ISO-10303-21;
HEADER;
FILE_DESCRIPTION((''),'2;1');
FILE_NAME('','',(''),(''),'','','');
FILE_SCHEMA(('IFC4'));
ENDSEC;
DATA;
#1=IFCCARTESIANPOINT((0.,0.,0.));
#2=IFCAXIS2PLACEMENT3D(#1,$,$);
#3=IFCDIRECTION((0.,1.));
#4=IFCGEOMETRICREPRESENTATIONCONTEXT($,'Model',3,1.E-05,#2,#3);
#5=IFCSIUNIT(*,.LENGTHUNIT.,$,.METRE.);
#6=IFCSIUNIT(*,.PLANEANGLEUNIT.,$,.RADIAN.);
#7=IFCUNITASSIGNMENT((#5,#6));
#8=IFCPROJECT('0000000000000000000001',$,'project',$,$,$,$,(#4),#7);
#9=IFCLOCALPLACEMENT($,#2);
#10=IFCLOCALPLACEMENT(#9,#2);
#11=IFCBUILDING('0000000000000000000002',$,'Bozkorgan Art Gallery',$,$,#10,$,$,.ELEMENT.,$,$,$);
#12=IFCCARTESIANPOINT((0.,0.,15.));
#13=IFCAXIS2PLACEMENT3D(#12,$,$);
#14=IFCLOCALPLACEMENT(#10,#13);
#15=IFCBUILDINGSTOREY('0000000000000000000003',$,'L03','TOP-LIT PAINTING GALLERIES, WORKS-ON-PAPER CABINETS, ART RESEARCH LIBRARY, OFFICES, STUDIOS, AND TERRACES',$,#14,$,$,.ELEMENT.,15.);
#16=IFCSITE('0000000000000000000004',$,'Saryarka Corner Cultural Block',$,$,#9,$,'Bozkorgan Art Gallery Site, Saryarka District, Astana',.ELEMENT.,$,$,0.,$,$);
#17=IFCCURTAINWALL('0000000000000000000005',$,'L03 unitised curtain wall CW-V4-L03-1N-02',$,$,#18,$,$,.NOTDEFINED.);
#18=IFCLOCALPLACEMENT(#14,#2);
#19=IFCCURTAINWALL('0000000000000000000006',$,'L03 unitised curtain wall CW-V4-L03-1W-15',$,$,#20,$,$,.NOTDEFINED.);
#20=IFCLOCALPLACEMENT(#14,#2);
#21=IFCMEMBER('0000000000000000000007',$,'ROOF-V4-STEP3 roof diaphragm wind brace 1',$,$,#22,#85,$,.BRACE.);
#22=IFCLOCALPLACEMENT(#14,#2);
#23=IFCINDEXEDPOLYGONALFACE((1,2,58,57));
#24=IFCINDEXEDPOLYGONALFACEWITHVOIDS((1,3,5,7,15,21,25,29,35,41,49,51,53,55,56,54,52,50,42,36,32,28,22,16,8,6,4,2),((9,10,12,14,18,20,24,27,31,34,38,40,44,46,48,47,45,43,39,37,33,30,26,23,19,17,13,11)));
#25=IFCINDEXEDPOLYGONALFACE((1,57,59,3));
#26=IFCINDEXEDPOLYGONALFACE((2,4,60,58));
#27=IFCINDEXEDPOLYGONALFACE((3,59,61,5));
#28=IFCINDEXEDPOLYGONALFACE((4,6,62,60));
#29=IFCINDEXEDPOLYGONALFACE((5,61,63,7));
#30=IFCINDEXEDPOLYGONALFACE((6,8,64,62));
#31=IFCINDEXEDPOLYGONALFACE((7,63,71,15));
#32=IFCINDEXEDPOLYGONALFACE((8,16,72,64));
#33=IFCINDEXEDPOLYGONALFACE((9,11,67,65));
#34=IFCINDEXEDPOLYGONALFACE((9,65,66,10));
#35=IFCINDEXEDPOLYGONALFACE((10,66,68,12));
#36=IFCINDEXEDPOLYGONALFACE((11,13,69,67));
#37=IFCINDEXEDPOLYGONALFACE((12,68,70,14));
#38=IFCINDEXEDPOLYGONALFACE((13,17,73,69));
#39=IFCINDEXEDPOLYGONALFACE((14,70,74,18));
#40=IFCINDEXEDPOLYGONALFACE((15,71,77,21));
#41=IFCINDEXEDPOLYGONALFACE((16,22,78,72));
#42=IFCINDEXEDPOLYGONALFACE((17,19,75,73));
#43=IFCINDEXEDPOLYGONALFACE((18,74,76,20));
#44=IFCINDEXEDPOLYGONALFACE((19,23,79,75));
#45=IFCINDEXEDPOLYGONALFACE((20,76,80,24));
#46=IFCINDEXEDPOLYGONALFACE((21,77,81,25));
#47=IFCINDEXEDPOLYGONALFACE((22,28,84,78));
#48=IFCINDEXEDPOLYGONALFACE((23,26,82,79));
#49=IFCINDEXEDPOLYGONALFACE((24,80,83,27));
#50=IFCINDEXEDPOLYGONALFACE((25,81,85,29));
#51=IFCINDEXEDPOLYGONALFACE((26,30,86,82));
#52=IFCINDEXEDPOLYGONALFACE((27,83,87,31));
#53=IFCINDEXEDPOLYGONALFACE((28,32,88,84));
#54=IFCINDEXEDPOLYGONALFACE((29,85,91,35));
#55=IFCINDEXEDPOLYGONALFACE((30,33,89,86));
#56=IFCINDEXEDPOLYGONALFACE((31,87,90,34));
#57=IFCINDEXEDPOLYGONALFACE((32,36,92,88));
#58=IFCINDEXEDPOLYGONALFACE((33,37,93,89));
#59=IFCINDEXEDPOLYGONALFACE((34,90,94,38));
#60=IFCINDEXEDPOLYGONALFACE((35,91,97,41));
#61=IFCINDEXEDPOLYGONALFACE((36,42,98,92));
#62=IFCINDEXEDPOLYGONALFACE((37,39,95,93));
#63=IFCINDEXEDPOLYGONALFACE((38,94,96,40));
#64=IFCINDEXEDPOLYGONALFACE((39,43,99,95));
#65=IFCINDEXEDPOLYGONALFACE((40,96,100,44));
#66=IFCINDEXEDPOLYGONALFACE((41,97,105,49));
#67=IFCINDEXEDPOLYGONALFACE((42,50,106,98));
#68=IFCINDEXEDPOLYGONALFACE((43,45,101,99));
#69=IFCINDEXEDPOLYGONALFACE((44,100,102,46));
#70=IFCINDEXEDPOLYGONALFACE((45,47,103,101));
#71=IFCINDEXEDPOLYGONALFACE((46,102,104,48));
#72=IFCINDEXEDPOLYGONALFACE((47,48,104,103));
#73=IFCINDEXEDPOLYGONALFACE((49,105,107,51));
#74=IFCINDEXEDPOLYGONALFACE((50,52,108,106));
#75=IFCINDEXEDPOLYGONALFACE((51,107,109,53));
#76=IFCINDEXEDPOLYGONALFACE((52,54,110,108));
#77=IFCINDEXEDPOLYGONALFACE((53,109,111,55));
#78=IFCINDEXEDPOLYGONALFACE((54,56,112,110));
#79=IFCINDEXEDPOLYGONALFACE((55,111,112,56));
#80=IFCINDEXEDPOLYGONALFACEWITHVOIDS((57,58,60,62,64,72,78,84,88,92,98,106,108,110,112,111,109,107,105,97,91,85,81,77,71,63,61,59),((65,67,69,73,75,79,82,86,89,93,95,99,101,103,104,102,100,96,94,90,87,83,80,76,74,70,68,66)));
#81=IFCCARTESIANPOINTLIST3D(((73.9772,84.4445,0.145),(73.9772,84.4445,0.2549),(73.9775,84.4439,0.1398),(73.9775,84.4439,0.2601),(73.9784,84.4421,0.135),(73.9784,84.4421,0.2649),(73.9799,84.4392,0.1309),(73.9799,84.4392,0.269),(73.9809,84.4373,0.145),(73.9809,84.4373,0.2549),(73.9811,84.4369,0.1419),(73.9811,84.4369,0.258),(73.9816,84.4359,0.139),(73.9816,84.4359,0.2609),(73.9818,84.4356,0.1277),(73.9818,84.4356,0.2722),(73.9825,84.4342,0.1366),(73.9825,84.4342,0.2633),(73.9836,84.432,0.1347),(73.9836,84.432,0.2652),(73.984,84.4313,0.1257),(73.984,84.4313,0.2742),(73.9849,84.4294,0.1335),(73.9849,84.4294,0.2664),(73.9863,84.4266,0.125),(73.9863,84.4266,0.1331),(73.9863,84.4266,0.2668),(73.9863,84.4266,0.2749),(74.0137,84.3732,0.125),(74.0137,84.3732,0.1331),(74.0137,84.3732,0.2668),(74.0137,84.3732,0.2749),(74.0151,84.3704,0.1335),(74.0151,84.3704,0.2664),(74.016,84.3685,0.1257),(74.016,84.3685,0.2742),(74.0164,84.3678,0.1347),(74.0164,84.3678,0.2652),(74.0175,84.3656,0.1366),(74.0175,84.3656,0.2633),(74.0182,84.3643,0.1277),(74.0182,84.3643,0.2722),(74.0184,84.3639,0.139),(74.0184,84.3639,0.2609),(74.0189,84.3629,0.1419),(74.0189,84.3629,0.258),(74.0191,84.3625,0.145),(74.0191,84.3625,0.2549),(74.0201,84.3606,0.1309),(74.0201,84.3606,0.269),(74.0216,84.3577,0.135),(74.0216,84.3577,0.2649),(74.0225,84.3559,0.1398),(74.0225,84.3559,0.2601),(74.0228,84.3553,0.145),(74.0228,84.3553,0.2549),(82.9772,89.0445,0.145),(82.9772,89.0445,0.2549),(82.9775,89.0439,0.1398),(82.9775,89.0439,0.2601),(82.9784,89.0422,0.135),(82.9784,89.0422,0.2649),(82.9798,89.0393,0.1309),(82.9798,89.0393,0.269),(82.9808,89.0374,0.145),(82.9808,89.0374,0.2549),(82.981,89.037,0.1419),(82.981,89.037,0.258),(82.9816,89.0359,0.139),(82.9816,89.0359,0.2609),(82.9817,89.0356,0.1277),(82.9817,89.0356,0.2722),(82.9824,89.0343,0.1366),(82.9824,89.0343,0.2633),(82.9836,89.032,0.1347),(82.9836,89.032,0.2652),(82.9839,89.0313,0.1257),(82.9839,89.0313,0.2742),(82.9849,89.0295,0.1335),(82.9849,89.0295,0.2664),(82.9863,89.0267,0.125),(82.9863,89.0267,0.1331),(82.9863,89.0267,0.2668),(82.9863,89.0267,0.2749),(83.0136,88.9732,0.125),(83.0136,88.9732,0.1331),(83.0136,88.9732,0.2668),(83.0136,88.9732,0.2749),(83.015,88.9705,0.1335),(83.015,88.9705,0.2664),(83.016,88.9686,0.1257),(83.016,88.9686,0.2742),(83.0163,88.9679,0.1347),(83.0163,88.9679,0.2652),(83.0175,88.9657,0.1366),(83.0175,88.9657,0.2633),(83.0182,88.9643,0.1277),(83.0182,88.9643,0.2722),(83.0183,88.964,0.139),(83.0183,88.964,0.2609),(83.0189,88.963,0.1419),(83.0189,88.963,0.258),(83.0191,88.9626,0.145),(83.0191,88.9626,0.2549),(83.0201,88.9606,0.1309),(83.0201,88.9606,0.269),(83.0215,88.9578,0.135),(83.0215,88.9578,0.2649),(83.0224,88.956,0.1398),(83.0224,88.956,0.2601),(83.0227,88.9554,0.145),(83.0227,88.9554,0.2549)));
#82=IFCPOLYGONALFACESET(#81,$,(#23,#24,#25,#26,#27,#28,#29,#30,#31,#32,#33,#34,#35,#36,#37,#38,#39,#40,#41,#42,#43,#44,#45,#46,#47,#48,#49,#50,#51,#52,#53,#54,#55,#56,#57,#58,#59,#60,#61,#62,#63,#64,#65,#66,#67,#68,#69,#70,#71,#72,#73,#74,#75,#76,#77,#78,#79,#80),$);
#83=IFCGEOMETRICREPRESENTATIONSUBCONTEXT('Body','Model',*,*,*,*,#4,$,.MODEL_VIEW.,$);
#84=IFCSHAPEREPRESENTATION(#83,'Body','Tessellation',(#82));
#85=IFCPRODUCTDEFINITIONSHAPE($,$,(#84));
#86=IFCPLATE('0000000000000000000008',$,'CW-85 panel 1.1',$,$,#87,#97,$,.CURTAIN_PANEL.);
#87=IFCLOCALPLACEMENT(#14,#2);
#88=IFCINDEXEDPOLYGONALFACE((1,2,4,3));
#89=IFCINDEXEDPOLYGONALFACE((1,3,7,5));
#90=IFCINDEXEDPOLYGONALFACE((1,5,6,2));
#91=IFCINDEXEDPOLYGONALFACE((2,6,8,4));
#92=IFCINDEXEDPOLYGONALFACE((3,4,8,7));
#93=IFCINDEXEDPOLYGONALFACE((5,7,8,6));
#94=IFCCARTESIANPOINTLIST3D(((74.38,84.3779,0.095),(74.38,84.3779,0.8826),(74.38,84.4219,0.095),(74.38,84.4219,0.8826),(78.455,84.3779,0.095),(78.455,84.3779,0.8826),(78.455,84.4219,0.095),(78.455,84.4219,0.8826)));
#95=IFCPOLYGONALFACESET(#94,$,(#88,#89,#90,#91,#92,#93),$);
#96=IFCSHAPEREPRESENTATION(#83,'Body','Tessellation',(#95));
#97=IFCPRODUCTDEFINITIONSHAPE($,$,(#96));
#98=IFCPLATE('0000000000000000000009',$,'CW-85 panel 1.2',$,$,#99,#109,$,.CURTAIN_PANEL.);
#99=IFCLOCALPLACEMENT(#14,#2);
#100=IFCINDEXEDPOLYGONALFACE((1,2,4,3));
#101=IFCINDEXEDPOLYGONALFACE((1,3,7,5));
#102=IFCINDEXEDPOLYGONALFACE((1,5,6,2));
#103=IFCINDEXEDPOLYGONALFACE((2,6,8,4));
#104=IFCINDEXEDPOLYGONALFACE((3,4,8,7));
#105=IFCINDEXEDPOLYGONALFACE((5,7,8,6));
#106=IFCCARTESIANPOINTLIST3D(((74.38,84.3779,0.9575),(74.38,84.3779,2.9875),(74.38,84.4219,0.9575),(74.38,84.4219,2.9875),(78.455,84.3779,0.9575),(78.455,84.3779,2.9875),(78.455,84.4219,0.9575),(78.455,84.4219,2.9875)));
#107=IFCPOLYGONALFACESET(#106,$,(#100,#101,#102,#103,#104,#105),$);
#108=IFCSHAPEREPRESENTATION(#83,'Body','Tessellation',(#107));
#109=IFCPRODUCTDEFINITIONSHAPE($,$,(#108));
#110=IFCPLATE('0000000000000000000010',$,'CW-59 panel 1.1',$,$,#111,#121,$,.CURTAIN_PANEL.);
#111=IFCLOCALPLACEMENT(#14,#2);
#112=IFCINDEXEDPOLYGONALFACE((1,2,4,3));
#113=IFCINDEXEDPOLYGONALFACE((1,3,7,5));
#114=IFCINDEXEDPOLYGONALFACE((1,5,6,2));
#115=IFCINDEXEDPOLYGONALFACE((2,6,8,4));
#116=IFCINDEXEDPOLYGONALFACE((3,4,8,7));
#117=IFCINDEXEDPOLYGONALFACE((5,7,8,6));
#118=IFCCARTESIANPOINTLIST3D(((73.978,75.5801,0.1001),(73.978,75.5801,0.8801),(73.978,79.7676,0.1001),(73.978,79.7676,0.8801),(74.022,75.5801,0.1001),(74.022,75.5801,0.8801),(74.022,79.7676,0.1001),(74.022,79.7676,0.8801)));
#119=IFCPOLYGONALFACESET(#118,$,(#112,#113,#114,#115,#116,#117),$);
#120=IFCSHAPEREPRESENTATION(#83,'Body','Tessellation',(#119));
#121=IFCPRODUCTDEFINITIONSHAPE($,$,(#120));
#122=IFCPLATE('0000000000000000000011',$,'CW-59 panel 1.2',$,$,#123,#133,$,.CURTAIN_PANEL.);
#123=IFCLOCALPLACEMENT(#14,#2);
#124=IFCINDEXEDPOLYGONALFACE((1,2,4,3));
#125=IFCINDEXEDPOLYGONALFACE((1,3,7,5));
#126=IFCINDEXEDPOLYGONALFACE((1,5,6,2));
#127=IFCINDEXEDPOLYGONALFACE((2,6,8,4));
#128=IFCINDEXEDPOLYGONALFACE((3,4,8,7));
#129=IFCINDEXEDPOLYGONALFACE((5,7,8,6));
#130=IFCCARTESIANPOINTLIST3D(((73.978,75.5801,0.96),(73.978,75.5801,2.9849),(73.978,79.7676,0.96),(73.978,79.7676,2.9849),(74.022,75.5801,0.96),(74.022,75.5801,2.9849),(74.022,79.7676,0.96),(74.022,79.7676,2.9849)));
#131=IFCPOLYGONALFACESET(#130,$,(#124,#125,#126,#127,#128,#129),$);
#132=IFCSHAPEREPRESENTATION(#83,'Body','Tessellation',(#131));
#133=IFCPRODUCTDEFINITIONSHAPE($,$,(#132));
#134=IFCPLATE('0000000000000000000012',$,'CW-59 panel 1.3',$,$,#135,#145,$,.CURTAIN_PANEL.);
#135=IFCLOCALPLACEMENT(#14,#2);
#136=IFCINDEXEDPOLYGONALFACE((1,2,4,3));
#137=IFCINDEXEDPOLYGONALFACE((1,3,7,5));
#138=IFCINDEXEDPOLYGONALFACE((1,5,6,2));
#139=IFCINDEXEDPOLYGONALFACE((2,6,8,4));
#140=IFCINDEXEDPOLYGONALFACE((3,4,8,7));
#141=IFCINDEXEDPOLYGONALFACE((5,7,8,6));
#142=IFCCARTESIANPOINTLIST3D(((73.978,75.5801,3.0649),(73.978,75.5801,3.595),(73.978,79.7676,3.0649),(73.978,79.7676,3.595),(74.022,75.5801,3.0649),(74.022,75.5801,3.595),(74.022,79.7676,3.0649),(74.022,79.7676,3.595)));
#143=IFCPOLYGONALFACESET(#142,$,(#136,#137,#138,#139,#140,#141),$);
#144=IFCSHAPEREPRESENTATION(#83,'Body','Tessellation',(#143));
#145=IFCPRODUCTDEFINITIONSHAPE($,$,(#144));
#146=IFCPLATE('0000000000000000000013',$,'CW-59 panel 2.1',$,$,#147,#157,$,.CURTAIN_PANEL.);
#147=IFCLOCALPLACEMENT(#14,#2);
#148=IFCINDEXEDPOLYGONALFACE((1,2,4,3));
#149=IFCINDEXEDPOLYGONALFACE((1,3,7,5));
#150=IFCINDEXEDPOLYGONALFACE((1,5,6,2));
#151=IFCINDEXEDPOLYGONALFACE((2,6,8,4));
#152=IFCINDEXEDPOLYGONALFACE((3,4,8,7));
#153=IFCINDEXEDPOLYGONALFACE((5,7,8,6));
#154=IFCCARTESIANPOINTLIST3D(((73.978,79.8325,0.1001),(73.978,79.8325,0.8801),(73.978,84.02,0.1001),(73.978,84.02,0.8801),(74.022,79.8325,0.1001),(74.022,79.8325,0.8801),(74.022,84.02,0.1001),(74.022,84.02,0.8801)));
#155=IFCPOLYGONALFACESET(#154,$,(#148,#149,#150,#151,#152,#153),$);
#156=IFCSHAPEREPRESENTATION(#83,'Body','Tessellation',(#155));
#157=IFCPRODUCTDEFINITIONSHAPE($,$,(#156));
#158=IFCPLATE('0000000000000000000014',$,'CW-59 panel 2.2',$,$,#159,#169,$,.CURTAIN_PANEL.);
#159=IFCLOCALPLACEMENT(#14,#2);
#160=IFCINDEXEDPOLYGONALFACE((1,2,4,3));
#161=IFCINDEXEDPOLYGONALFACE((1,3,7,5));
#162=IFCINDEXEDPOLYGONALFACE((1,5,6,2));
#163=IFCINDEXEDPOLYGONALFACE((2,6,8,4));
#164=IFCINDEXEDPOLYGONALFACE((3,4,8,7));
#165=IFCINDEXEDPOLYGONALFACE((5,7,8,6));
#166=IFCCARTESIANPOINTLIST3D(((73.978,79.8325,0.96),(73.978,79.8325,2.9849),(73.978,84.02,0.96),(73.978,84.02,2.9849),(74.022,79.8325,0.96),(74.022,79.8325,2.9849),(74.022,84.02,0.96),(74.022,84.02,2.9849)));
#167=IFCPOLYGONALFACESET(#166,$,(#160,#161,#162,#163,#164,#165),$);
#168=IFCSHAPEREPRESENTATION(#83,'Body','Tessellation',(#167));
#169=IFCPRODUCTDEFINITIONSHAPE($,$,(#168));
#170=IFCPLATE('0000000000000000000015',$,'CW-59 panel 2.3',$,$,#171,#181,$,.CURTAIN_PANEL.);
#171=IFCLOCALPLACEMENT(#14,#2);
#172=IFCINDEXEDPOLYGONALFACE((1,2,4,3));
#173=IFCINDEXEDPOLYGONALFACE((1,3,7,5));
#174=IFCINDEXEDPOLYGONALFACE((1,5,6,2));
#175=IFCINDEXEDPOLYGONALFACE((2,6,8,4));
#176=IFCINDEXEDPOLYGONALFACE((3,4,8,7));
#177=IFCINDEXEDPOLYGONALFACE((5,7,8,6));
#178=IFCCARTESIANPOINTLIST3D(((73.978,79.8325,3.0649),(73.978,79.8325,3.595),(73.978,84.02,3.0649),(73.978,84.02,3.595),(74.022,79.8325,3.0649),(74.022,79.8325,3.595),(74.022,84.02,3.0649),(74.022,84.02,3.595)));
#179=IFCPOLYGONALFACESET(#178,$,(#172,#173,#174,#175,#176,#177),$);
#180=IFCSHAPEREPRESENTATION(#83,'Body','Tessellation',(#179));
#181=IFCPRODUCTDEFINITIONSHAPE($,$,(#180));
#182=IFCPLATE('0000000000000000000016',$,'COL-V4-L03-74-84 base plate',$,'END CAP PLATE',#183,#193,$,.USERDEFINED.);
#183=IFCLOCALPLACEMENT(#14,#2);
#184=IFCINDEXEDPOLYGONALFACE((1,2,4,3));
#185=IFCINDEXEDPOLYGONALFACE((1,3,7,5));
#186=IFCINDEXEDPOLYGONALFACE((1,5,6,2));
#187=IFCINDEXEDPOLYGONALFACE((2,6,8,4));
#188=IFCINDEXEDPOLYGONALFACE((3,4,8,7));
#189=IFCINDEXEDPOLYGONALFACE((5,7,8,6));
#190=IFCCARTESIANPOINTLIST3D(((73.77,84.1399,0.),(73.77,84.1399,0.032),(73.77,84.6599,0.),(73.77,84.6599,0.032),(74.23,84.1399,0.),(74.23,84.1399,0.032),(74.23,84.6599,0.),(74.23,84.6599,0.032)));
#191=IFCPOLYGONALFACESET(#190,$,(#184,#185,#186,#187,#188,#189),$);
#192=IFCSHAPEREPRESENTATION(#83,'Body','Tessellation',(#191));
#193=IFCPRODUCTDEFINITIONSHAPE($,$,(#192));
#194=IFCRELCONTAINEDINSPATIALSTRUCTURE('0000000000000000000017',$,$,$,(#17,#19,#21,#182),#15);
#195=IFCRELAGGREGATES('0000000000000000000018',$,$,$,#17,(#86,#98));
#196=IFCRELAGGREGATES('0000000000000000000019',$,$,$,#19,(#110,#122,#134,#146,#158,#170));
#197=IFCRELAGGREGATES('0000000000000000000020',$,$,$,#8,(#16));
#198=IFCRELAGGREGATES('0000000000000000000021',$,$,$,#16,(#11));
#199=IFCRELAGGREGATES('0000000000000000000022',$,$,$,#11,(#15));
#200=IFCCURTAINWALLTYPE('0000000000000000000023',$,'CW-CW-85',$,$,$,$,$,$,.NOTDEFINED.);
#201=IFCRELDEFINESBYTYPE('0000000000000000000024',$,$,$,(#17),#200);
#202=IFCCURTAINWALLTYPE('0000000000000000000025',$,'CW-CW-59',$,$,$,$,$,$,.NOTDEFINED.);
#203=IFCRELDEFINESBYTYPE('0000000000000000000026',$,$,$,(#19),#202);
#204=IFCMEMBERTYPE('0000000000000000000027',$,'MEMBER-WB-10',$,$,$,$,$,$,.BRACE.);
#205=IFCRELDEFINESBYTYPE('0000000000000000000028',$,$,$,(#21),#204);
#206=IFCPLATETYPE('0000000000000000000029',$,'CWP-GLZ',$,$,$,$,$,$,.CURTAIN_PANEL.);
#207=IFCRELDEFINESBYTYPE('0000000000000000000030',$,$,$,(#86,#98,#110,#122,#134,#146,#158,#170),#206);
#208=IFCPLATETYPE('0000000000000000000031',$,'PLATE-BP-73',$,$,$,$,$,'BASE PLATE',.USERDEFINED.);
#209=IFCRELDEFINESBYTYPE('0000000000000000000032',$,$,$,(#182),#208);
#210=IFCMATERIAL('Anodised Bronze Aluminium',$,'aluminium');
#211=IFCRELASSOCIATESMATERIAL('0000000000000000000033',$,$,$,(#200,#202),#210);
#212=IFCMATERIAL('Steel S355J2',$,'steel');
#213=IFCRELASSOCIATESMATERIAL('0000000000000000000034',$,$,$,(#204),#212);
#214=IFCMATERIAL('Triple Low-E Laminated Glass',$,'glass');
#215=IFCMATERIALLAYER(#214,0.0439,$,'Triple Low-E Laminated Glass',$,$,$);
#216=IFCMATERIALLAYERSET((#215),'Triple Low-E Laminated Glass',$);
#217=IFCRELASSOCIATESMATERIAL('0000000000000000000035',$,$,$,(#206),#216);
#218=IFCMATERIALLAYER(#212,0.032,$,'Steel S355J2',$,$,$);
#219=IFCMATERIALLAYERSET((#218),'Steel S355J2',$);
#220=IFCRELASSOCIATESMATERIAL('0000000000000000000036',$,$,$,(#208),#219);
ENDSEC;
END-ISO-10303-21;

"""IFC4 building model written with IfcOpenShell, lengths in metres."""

from ifc_helpers import new_model, si_unit, direction, frame, origin, origin_2d, place, context, subcontext, project, spatial, rectangle, hollow_rectangle, extrude, material, layer, layer_set, material_profile, profile_set, type_object, element, aggregate, save


model = new_model("IFC4")

# Units and contexts
model_context = context("Model", 3, precision=1e-05, world=origin(), true_north=direction((0.0, 1.0)))
body_context = subcontext(model_context, "Body", "Model", "MODEL_VIEW")
ifc_project = project(units=[si_unit("LENGTHUNIT", "METRE"), si_unit("PLANEANGLEUNIT", "RADIAN")], contexts=[model_context])

# Site, building, storey
site_placement = place(None, origin())
site = spatial("IfcSite", under=ifc_project, at=site_placement, Name="Saryarka Corner Cultural Block", LongName="Bozkorgan Art Gallery Site, Saryarka District, Astana", CompositionType="ELEMENT", RefElevation=0.0)
building_placement = place(site_placement, origin())
building = spatial("IfcBuilding", under=site, at=building_placement, Name="Bozkorgan Art Gallery", CompositionType="ELEMENT")
storey_placement = place(building_placement, frame((0.0, 0.0, 15.0)))
storey = spatial("IfcBuildingStorey", under=building, at=storey_placement, Name="L03", Description="TOP-LIT PAINTING GALLERIES, WORKS-ON-PAPER CABINETS, ART RESEARCH LIBRARY, OFFICES, STUDIOS, AND TERRACES", CompositionType="ELEMENT", Elevation=15.0)

# Shared definitions
ifc_material_1 = material(Name="Steel S355J2", Category="steel")

# Curtain wall
ifc_material_2 = material(Name="Anodised Bronze Aluminium", Category="aluminium")
curtain_wall_type_1 = type_object("IfcCurtainWallType", Name="CW-CW-85", PredefinedType="NOTDEFINED", material=ifc_material_2)
curtain_wall_1_placement = place(storey_placement, origin())
curtain_wall_1 = element("IfcCurtainWall", 1, at=curtain_wall_1_placement, inside=storey, type_object=curtain_wall_type_1, Name="L03 unitised curtain wall CW-V4-L03-1N-02", PredefinedType="NOTDEFINED")

# Curtain wall
curtain_wall_type_2 = type_object("IfcCurtainWallType", Name="CW-CW-59", PredefinedType="NOTDEFINED", material=ifc_material_2)
curtain_wall_2_placement = place(storey_placement, origin())
curtain_wall_2 = element("IfcCurtainWall", 2, at=curtain_wall_2_placement, inside=storey, type_object=curtain_wall_type_2, Name="L03 unitised curtain wall CW-V4-L03-1W-15", PredefinedType="NOTDEFINED")

# Member
ifc_material_profile_1 = material_profile(ifc_material_1, hollow_rectangle(XDim=0.1001, YDim=0.1499, WallThickness=0.0081, InnerFilletRadius=0.012, OuterFilletRadius=0.02, at=origin_2d()), Name="RHS 150x100x8")
ifc_profile_set_1 = profile_set([ifc_material_profile_1], Name="Steel S355J2")
member_type_1 = type_object("IfcMemberType", Name="MEMBER-WB-10", PredefinedType="BRACE", material=ifc_profile_set_1)
member_1_placement = place(storey_placement, frame((74.0, 84.3999, 0.2), z_axis=(0.890431, 0.455119, 0.0), x_axis=(-0.455119, 0.890431, 0.0)))
element("IfcMember", 3, at=member_1_placement, inside=storey, type_object=member_type_1, Name="ROOF-V4-STEP3 roof diaphragm wind brace 1", PredefinedType="BRACE", context=body_context, shape_type="SweptSolid", body=[
    extrude(hollow_rectangle(XDim=0.1001, YDim=0.1499, WallThickness=0.0081, InnerFilletRadius=0.012, OuterFilletRadius=0.02, at=origin_2d()), origin(), (0.0, 0.0, 1.0), 10.1074),
])

# Plates
ifc_material_3 = material(Name="Triple Low-E Laminated Glass", Category="glass")
ifc_layer_1 = layer(ifc_material_3, 0.0439, Name="Triple Low-E Laminated Glass")
ifc_layer_set_1 = layer_set([ifc_layer_1], Name="Triple Low-E Laminated Glass")
plate_type_1 = type_object("IfcPlateType", Name="CWP-GLZ", PredefinedType="CURTAIN_PANEL", material=ifc_layer_set_1)
plate_1_placement = place(storey_placement, frame((76.4175, 84.3999, 0.095), z_axis=(0.0, 0.0, 1.0), x_axis=(1.0, 0.0, 0.0)))
plate_1 = element("IfcPlate", 4, at=plate_1_placement, type_object=plate_type_1, Name="CW-85 panel 1.1", PredefinedType="CURTAIN_PANEL", context=body_context, shape_type="SweptSolid", body=[
    extrude(rectangle(XDim=4.075, YDim=0.0439, at=origin_2d()), origin(), (0.0, 0.0, 1.0), 0.7876),
])
plate_2_placement = place(storey_placement, frame((76.4175, 84.3999, 0.9575), z_axis=(0.0, 0.0, 1.0), x_axis=(1.0, 0.0, 0.0)))
plate_2 = element("IfcPlate", 5, at=plate_2_placement, type_object=plate_type_1, Name="CW-85 panel 1.2", PredefinedType="CURTAIN_PANEL", context=body_context, shape_type="SweptSolid", body=[
    extrude(rectangle(XDim=4.075, YDim=0.0439, at=origin_2d()), origin(), (0.0, 0.0, 1.0), 2.03),
])
aggregate(curtain_wall_1, [plate_1, plate_2])
plate_3_placement = place(storey_placement, frame((74.0, 77.6738, 0.1001), z_axis=(0.0, 0.0, 1.0), x_axis=(0.0, 1.0, 0.0)))
plate_3 = element("IfcPlate", 6, at=plate_3_placement, type_object=plate_type_1, Name="CW-59 panel 1.1", PredefinedType="CURTAIN_PANEL", context=body_context, shape_type="SweptSolid", body=[
    extrude(rectangle(XDim=4.1875, YDim=0.0439, at=origin_2d()), origin(), (0.0, 0.0, 1.0), 0.78),
])
plate_4_placement = place(storey_placement, frame((74.0, 77.6738, 0.96), z_axis=(0.0, 0.0, 1.0), x_axis=(0.0, 1.0, 0.0)))
plate_4 = element("IfcPlate", 7, at=plate_4_placement, type_object=plate_type_1, Name="CW-59 panel 1.2", PredefinedType="CURTAIN_PANEL", context=body_context, shape_type="SweptSolid", body=[
    extrude(rectangle(XDim=4.1875, YDim=0.0439, at=origin_2d()), origin(), (0.0, 0.0, 1.0), 2.0249),
])
plate_5_placement = place(storey_placement, frame((74.0, 77.6738, 3.0649), z_axis=(0.0, 0.0, 1.0), x_axis=(0.0, 1.0, 0.0)))
plate_5 = element("IfcPlate", 8, at=plate_5_placement, type_object=plate_type_1, Name="CW-59 panel 1.3", PredefinedType="CURTAIN_PANEL", context=body_context, shape_type="SweptSolid", body=[
    extrude(rectangle(XDim=4.1875, YDim=0.0439, at=origin_2d()), origin(), (0.0, 0.0, 1.0), 0.53),
])
plate_6_placement = place(storey_placement, frame((74.0, 81.9263, 0.1001), z_axis=(0.0, 0.0, 1.0), x_axis=(0.0, 1.0, 0.0)))
plate_6 = element("IfcPlate", 9, at=plate_6_placement, type_object=plate_type_1, Name="CW-59 panel 2.1", PredefinedType="CURTAIN_PANEL", context=body_context, shape_type="SweptSolid", body=[
    extrude(rectangle(XDim=4.1875, YDim=0.0439, at=origin_2d()), origin(), (0.0, 0.0, 1.0), 0.78),
])
plate_7_placement = place(storey_placement, frame((74.0, 81.9263, 0.96), z_axis=(0.0, 0.0, 1.0), x_axis=(0.0, 1.0, 0.0)))
plate_7 = element("IfcPlate", 10, at=plate_7_placement, type_object=plate_type_1, Name="CW-59 panel 2.2", PredefinedType="CURTAIN_PANEL", context=body_context, shape_type="SweptSolid", body=[
    extrude(rectangle(XDim=4.1875, YDim=0.0439, at=origin_2d()), origin(), (0.0, 0.0, 1.0), 2.0249),
])
plate_8_placement = place(storey_placement, frame((74.0, 81.9263, 3.0649), z_axis=(0.0, 0.0, 1.0), x_axis=(0.0, 1.0, 0.0)))
plate_8 = element("IfcPlate", 11, at=plate_8_placement, type_object=plate_type_1, Name="CW-59 panel 2.3", PredefinedType="CURTAIN_PANEL", context=body_context, shape_type="SweptSolid", body=[
    extrude(rectangle(XDim=4.1875, YDim=0.0439, at=origin_2d()), origin(), (0.0, 0.0, 1.0), 0.53),
])
aggregate(curtain_wall_2, [plate_3, plate_4, plate_5, plate_6, plate_7, plate_8])
ifc_layer_2 = layer(ifc_material_1, 0.032, Name="Steel S355J2")
ifc_layer_set_2 = layer_set([ifc_layer_2], Name="Steel S355J2")
plate_type_2 = type_object("IfcPlateType", Name="PLATE-BP-73", ElementType="BASE PLATE", PredefinedType="USERDEFINED", material=ifc_layer_set_2)
plate_9_placement = place(storey_placement, frame((74.0, 84.3999, 0.0), z_axis=(0.0, 0.0, 1.0), x_axis=(1.0, 0.0, 0.0)))
element("IfcPlate", 12, at=plate_9_placement, inside=storey, type_object=plate_type_2, Name="COL-V4-L03-74-84 base plate", ObjectType="END CAP PLATE", PredefinedType="USERDEFINED", context=body_context, shape_type="SweptSolid", body=[
    extrude(rectangle(XDim=0.46, YDim=0.52, at=origin_2d()), origin(), (0.0, 0.0, 1.0), 0.032),
])

save(model, "model.ifc")
